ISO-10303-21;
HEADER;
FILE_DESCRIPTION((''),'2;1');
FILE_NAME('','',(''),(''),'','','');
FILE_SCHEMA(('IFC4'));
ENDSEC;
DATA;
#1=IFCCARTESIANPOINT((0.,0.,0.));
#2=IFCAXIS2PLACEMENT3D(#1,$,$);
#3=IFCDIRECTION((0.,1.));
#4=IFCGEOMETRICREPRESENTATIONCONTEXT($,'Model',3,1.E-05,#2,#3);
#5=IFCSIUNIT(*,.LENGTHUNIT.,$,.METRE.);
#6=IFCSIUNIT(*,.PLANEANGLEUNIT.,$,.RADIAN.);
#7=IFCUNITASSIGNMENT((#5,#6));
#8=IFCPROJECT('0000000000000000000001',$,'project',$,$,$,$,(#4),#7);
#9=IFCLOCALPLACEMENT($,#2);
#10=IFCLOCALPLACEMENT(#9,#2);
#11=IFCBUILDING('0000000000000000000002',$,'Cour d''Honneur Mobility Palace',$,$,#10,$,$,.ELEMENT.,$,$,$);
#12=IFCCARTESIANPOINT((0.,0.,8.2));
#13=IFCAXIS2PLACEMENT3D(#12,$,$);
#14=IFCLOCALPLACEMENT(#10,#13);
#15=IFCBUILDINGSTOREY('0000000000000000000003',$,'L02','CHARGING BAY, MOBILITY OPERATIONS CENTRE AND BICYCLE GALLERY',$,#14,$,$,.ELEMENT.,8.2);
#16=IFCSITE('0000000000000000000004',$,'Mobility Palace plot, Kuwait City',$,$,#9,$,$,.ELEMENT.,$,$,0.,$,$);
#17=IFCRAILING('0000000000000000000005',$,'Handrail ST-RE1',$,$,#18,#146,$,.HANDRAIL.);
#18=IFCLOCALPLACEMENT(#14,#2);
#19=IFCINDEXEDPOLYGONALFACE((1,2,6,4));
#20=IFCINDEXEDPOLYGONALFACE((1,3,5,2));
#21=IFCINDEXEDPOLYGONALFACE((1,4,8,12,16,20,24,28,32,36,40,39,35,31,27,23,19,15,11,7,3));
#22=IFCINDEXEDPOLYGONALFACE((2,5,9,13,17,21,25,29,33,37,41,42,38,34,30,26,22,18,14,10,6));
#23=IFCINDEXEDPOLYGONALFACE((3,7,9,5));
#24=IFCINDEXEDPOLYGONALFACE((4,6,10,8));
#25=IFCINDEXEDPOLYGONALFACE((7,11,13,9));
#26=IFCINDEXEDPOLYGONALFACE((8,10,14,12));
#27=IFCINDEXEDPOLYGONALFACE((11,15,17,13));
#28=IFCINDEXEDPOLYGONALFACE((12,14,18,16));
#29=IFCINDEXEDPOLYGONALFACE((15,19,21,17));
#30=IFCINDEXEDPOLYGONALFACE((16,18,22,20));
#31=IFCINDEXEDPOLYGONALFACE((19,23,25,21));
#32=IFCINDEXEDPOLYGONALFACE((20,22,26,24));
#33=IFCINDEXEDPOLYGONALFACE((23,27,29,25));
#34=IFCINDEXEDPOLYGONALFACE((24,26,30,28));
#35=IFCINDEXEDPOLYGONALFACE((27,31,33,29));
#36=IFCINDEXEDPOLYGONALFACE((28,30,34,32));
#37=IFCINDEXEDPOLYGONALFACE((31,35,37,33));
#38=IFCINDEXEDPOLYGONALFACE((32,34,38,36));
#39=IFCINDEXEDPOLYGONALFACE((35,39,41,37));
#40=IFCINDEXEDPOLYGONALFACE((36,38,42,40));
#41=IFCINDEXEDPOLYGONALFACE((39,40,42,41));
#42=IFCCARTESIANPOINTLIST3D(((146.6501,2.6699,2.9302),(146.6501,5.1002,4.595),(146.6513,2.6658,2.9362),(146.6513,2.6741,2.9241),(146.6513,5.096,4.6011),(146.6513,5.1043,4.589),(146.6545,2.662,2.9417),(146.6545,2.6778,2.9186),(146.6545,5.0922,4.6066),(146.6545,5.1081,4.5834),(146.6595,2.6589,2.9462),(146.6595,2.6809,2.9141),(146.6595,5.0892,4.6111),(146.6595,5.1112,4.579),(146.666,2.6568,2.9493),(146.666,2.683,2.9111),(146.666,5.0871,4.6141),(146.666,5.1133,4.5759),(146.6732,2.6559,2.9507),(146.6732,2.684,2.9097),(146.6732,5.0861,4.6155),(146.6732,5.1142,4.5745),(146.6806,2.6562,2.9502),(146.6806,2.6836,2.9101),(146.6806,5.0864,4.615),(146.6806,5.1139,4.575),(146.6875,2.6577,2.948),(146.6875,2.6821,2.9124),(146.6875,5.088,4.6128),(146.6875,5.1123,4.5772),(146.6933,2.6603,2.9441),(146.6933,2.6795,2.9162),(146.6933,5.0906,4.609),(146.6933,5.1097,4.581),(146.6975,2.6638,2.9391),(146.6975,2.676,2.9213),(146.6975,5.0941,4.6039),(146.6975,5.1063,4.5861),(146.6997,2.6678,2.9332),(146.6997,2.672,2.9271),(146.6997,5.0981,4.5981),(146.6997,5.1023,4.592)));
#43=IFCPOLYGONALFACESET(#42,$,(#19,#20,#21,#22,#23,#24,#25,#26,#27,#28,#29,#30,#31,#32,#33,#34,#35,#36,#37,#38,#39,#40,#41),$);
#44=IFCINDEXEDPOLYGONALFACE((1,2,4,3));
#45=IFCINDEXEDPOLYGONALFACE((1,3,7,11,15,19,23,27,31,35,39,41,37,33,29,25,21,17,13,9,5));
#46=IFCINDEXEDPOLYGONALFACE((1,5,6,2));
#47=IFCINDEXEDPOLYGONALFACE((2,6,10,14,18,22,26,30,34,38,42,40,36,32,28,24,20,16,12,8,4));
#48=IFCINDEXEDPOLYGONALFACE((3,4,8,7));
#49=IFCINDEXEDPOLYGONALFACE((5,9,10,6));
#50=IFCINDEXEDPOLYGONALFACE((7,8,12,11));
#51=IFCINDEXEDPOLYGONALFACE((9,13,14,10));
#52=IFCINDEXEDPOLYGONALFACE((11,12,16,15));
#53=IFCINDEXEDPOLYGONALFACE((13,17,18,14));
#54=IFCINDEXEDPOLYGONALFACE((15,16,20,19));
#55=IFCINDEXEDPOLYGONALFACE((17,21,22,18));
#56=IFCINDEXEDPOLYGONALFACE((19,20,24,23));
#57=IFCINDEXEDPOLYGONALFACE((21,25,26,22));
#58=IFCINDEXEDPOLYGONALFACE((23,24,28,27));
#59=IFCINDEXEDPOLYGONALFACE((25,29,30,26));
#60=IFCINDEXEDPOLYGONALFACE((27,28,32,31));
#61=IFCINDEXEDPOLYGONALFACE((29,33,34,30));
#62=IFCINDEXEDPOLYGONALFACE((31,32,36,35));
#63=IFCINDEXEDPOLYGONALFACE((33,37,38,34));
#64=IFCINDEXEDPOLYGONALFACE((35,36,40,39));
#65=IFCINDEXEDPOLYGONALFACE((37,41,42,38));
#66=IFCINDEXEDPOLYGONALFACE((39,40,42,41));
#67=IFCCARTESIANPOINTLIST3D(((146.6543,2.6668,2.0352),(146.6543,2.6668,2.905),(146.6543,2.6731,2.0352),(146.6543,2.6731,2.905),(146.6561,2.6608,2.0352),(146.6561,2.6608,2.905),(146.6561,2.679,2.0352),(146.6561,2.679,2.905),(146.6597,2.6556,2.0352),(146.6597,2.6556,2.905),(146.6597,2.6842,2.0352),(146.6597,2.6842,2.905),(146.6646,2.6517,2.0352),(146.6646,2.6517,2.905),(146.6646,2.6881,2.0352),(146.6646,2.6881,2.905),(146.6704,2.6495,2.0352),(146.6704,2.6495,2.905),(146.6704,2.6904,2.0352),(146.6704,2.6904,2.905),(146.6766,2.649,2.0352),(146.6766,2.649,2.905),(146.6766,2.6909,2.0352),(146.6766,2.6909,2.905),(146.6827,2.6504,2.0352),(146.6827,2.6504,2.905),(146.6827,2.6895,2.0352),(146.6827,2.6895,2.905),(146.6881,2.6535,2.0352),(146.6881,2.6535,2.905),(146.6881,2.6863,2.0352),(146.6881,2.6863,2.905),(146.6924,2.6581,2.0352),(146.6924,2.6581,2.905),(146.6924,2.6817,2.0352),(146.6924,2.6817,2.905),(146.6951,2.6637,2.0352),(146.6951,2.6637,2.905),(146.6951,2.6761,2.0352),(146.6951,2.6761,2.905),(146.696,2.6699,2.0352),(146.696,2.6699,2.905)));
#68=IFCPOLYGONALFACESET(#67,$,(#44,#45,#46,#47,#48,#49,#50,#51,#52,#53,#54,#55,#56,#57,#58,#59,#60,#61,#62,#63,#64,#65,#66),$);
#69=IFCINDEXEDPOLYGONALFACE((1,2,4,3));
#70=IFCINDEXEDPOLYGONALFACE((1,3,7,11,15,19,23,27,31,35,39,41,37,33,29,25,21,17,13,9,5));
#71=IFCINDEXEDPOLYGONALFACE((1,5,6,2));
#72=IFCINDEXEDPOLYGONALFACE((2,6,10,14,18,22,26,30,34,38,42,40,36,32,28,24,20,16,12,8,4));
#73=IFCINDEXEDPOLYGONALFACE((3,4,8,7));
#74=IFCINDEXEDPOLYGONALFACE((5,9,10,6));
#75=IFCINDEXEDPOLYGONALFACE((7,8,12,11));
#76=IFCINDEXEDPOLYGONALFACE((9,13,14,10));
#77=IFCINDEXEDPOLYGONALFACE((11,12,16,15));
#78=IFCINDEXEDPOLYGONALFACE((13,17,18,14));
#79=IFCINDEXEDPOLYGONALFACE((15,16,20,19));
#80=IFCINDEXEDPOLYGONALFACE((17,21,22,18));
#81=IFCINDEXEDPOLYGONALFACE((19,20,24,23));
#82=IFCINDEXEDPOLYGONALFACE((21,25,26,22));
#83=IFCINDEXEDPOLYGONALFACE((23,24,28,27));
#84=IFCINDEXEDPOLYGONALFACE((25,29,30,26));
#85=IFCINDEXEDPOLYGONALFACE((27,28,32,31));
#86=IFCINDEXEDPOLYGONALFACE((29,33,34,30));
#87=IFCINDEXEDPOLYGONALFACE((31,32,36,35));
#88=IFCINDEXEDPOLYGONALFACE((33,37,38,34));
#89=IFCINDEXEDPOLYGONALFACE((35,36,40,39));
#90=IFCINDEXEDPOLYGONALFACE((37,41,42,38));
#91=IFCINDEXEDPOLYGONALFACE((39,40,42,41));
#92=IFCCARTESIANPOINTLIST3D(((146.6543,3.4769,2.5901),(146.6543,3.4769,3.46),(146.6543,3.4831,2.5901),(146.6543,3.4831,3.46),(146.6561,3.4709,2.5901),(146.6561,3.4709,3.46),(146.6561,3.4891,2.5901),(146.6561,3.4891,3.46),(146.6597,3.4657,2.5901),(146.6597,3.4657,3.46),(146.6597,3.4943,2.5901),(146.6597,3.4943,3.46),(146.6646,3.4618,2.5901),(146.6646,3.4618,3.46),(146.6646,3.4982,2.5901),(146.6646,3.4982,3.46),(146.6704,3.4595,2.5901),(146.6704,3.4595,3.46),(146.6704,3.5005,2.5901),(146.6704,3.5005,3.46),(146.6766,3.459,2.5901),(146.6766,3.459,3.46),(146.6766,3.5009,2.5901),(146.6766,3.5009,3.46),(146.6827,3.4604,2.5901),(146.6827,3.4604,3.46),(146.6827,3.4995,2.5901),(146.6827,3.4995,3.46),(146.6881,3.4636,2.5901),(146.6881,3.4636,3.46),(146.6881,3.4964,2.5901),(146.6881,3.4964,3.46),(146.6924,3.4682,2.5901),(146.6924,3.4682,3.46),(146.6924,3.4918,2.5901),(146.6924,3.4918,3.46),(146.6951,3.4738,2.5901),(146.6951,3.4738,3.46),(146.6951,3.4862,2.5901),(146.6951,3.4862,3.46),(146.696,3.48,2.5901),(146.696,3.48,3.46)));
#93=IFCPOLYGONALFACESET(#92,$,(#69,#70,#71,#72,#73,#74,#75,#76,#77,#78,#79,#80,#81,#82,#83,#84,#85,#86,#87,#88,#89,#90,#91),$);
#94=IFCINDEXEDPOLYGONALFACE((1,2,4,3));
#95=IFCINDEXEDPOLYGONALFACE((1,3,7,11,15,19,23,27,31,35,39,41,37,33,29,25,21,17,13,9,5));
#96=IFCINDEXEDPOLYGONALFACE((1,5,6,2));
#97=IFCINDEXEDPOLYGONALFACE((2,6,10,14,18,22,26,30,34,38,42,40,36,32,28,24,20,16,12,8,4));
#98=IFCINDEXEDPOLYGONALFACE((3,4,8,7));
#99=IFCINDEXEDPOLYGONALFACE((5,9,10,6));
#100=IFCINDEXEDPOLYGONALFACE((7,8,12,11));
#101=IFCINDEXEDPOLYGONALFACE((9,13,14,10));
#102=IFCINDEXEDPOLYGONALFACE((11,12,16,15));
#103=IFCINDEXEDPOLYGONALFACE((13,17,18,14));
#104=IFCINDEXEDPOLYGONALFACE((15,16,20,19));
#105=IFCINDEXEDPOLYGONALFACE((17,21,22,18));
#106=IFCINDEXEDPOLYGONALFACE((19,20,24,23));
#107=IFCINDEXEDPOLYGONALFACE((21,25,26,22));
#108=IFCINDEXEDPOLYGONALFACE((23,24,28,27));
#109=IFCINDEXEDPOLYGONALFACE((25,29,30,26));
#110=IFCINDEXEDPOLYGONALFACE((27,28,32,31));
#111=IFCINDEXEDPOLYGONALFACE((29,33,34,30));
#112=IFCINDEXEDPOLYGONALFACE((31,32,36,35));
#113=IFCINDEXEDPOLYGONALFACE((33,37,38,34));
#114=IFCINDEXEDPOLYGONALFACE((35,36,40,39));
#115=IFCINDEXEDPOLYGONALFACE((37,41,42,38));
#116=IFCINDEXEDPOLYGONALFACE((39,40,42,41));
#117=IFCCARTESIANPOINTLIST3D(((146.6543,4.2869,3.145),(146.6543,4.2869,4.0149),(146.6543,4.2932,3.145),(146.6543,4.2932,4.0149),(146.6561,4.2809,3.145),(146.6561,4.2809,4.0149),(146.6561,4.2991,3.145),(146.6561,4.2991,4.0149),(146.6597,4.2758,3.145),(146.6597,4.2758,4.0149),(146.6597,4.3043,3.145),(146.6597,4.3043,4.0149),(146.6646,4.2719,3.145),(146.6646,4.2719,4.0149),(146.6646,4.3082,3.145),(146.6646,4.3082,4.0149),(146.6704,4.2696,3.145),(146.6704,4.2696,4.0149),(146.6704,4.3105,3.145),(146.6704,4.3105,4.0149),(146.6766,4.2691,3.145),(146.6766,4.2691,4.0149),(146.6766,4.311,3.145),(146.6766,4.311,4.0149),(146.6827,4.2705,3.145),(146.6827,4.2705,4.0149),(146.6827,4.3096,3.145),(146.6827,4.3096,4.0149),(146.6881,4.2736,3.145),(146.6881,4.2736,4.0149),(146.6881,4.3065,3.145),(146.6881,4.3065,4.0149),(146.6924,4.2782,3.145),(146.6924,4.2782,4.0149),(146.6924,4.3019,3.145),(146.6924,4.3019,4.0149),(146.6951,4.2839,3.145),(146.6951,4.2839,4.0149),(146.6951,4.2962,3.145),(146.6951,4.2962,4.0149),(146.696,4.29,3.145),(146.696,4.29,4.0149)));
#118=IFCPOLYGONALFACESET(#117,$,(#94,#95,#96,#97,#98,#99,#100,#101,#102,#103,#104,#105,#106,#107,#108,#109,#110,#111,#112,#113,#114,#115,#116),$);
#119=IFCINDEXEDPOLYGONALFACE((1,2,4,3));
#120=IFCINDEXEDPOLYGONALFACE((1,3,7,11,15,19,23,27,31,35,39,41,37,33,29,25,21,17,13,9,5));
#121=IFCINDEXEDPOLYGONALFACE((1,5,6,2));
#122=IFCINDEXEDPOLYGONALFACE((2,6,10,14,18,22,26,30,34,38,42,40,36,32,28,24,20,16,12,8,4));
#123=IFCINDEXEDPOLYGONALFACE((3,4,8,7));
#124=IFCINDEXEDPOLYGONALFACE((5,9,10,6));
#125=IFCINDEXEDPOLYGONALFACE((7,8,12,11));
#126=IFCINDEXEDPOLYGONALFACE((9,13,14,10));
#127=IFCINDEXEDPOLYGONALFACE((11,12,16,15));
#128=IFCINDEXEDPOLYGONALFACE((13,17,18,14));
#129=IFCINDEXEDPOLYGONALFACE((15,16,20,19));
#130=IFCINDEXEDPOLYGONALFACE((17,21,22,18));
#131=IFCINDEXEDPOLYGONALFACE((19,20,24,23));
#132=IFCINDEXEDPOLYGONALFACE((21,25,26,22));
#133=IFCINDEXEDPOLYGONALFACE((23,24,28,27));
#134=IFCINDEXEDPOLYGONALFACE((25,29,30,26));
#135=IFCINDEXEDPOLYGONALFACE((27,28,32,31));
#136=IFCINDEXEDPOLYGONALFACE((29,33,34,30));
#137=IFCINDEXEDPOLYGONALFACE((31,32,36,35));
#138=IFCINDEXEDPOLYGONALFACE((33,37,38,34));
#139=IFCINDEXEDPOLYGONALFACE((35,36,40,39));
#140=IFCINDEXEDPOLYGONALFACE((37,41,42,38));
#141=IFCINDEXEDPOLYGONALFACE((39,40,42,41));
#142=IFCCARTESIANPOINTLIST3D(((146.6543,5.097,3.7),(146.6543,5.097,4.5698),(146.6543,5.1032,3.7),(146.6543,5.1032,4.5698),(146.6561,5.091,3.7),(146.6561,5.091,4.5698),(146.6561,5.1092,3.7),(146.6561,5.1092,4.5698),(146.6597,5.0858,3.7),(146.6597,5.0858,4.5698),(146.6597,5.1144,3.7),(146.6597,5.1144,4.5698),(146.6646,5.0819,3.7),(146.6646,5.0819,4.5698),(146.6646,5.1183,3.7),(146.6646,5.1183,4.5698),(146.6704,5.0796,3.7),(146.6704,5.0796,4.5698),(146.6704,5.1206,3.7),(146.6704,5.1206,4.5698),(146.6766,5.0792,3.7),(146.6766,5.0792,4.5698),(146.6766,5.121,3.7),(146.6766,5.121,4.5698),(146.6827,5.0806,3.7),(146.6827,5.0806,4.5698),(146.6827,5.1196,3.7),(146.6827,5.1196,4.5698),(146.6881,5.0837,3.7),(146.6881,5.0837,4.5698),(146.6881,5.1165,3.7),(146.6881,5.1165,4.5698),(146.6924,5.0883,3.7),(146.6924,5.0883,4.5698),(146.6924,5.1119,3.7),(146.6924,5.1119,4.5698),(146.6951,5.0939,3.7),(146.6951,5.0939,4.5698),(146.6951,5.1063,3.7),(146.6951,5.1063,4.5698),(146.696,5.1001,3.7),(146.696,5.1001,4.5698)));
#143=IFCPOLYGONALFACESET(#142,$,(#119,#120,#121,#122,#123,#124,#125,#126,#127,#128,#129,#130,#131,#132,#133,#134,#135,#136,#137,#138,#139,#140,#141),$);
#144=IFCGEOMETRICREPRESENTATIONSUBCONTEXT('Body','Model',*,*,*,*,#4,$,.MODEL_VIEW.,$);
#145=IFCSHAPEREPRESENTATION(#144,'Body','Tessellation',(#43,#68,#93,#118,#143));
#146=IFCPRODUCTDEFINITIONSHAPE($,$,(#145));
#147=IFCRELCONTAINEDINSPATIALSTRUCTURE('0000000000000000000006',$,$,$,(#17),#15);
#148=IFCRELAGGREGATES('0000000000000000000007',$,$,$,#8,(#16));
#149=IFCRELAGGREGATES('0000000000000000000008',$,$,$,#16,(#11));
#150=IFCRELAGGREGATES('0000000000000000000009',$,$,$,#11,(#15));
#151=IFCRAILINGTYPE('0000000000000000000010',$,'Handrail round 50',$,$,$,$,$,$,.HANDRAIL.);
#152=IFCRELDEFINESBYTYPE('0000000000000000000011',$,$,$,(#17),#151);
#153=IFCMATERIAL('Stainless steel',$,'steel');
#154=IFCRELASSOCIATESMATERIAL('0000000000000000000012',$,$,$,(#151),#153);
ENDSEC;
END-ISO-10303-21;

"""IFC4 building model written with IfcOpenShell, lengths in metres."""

from ifc_helpers import new_model, si_unit, direction, frame, origin, origin_2d, place, context, subcontext, project, spatial, circle, extrude, material, type_object, element, save


model = new_model("IFC4")

# Units and contexts
model_context = context("Model", 3, precision=1e-05, world=origin(), true_north=direction((0.0, 1.0)))
body_context = subcontext(model_context, "Body", "Model", "MODEL_VIEW")
ifc_project = project(units=[si_unit("LENGTHUNIT", "METRE"), si_unit("PLANEANGLEUNIT", "RADIAN")], contexts=[model_context])

# Site, building, storey
site_placement = place(None, origin())
site = spatial("IfcSite", under=ifc_project, at=site_placement, Name="Mobility Palace plot, Kuwait City", CompositionType="ELEMENT", RefElevation=0.0)
building_placement = place(site_placement, origin())
building = spatial("IfcBuilding", under=site, at=building_placement, Name="Cour d'Honneur Mobility Palace", CompositionType="ELEMENT")
storey_placement = place(building_placement, frame((0.0, 0.0, 8.2)))
storey = spatial("IfcBuildingStorey", under=building, at=storey_placement, Name="L02", Description="CHARGING BAY, MOBILITY OPERATIONS CENTRE AND BICYCLE GALLERY", CompositionType="ELEMENT", Elevation=8.2)

# Railing
ifc_material_1 = material(Name="Stainless steel", Category="steel")
railing_type_1 = type_object("IfcRailingType", Name="Handrail round 50", PredefinedType="HANDRAIL", material=ifc_material_1)
for number, where, name in (
    (1, (146.675, 2.6699, 2.0352), "Handrail ST-RE1"),
):
    element("IfcRailing", number, at=place(storey_placement, frame(where)), inside=storey, type_object=railing_type_1, Name=name, PredefinedType="HANDRAIL", context=body_context, shape_type="SweptSolid", body=[
        extrude(circle(Radius=0.0249, at=origin_2d()), frame((0.0, 0.0, 0.895), z_axis=(0.0, 0.824984, 0.565156), x_axis=(-1.0, 0.0, 0.0)), (0.0, 0.0, 1.0), 2.9458),
        extrude(circle(Radius=0.021, at=origin_2d()), origin(), (0.0, 0.0, 1.0), 0.8699),
        extrude(circle(Radius=0.021, at=origin_2d()), frame((0.0, 0.8101, 0.5549)), (0.0, 0.0, 1.0), 0.8699),
        extrude(circle(Radius=0.021, at=origin_2d()), frame((0.0, 1.6201, 1.1099)), (0.0, 0.0, 1.0), 0.8699),
        extrude(circle(Radius=0.021, at=origin_2d()), frame((0.0, 2.4302, 1.6648)), (0.0, 0.0, 1.0), 0.8699),
    ])

save(model, "model.ifc")
